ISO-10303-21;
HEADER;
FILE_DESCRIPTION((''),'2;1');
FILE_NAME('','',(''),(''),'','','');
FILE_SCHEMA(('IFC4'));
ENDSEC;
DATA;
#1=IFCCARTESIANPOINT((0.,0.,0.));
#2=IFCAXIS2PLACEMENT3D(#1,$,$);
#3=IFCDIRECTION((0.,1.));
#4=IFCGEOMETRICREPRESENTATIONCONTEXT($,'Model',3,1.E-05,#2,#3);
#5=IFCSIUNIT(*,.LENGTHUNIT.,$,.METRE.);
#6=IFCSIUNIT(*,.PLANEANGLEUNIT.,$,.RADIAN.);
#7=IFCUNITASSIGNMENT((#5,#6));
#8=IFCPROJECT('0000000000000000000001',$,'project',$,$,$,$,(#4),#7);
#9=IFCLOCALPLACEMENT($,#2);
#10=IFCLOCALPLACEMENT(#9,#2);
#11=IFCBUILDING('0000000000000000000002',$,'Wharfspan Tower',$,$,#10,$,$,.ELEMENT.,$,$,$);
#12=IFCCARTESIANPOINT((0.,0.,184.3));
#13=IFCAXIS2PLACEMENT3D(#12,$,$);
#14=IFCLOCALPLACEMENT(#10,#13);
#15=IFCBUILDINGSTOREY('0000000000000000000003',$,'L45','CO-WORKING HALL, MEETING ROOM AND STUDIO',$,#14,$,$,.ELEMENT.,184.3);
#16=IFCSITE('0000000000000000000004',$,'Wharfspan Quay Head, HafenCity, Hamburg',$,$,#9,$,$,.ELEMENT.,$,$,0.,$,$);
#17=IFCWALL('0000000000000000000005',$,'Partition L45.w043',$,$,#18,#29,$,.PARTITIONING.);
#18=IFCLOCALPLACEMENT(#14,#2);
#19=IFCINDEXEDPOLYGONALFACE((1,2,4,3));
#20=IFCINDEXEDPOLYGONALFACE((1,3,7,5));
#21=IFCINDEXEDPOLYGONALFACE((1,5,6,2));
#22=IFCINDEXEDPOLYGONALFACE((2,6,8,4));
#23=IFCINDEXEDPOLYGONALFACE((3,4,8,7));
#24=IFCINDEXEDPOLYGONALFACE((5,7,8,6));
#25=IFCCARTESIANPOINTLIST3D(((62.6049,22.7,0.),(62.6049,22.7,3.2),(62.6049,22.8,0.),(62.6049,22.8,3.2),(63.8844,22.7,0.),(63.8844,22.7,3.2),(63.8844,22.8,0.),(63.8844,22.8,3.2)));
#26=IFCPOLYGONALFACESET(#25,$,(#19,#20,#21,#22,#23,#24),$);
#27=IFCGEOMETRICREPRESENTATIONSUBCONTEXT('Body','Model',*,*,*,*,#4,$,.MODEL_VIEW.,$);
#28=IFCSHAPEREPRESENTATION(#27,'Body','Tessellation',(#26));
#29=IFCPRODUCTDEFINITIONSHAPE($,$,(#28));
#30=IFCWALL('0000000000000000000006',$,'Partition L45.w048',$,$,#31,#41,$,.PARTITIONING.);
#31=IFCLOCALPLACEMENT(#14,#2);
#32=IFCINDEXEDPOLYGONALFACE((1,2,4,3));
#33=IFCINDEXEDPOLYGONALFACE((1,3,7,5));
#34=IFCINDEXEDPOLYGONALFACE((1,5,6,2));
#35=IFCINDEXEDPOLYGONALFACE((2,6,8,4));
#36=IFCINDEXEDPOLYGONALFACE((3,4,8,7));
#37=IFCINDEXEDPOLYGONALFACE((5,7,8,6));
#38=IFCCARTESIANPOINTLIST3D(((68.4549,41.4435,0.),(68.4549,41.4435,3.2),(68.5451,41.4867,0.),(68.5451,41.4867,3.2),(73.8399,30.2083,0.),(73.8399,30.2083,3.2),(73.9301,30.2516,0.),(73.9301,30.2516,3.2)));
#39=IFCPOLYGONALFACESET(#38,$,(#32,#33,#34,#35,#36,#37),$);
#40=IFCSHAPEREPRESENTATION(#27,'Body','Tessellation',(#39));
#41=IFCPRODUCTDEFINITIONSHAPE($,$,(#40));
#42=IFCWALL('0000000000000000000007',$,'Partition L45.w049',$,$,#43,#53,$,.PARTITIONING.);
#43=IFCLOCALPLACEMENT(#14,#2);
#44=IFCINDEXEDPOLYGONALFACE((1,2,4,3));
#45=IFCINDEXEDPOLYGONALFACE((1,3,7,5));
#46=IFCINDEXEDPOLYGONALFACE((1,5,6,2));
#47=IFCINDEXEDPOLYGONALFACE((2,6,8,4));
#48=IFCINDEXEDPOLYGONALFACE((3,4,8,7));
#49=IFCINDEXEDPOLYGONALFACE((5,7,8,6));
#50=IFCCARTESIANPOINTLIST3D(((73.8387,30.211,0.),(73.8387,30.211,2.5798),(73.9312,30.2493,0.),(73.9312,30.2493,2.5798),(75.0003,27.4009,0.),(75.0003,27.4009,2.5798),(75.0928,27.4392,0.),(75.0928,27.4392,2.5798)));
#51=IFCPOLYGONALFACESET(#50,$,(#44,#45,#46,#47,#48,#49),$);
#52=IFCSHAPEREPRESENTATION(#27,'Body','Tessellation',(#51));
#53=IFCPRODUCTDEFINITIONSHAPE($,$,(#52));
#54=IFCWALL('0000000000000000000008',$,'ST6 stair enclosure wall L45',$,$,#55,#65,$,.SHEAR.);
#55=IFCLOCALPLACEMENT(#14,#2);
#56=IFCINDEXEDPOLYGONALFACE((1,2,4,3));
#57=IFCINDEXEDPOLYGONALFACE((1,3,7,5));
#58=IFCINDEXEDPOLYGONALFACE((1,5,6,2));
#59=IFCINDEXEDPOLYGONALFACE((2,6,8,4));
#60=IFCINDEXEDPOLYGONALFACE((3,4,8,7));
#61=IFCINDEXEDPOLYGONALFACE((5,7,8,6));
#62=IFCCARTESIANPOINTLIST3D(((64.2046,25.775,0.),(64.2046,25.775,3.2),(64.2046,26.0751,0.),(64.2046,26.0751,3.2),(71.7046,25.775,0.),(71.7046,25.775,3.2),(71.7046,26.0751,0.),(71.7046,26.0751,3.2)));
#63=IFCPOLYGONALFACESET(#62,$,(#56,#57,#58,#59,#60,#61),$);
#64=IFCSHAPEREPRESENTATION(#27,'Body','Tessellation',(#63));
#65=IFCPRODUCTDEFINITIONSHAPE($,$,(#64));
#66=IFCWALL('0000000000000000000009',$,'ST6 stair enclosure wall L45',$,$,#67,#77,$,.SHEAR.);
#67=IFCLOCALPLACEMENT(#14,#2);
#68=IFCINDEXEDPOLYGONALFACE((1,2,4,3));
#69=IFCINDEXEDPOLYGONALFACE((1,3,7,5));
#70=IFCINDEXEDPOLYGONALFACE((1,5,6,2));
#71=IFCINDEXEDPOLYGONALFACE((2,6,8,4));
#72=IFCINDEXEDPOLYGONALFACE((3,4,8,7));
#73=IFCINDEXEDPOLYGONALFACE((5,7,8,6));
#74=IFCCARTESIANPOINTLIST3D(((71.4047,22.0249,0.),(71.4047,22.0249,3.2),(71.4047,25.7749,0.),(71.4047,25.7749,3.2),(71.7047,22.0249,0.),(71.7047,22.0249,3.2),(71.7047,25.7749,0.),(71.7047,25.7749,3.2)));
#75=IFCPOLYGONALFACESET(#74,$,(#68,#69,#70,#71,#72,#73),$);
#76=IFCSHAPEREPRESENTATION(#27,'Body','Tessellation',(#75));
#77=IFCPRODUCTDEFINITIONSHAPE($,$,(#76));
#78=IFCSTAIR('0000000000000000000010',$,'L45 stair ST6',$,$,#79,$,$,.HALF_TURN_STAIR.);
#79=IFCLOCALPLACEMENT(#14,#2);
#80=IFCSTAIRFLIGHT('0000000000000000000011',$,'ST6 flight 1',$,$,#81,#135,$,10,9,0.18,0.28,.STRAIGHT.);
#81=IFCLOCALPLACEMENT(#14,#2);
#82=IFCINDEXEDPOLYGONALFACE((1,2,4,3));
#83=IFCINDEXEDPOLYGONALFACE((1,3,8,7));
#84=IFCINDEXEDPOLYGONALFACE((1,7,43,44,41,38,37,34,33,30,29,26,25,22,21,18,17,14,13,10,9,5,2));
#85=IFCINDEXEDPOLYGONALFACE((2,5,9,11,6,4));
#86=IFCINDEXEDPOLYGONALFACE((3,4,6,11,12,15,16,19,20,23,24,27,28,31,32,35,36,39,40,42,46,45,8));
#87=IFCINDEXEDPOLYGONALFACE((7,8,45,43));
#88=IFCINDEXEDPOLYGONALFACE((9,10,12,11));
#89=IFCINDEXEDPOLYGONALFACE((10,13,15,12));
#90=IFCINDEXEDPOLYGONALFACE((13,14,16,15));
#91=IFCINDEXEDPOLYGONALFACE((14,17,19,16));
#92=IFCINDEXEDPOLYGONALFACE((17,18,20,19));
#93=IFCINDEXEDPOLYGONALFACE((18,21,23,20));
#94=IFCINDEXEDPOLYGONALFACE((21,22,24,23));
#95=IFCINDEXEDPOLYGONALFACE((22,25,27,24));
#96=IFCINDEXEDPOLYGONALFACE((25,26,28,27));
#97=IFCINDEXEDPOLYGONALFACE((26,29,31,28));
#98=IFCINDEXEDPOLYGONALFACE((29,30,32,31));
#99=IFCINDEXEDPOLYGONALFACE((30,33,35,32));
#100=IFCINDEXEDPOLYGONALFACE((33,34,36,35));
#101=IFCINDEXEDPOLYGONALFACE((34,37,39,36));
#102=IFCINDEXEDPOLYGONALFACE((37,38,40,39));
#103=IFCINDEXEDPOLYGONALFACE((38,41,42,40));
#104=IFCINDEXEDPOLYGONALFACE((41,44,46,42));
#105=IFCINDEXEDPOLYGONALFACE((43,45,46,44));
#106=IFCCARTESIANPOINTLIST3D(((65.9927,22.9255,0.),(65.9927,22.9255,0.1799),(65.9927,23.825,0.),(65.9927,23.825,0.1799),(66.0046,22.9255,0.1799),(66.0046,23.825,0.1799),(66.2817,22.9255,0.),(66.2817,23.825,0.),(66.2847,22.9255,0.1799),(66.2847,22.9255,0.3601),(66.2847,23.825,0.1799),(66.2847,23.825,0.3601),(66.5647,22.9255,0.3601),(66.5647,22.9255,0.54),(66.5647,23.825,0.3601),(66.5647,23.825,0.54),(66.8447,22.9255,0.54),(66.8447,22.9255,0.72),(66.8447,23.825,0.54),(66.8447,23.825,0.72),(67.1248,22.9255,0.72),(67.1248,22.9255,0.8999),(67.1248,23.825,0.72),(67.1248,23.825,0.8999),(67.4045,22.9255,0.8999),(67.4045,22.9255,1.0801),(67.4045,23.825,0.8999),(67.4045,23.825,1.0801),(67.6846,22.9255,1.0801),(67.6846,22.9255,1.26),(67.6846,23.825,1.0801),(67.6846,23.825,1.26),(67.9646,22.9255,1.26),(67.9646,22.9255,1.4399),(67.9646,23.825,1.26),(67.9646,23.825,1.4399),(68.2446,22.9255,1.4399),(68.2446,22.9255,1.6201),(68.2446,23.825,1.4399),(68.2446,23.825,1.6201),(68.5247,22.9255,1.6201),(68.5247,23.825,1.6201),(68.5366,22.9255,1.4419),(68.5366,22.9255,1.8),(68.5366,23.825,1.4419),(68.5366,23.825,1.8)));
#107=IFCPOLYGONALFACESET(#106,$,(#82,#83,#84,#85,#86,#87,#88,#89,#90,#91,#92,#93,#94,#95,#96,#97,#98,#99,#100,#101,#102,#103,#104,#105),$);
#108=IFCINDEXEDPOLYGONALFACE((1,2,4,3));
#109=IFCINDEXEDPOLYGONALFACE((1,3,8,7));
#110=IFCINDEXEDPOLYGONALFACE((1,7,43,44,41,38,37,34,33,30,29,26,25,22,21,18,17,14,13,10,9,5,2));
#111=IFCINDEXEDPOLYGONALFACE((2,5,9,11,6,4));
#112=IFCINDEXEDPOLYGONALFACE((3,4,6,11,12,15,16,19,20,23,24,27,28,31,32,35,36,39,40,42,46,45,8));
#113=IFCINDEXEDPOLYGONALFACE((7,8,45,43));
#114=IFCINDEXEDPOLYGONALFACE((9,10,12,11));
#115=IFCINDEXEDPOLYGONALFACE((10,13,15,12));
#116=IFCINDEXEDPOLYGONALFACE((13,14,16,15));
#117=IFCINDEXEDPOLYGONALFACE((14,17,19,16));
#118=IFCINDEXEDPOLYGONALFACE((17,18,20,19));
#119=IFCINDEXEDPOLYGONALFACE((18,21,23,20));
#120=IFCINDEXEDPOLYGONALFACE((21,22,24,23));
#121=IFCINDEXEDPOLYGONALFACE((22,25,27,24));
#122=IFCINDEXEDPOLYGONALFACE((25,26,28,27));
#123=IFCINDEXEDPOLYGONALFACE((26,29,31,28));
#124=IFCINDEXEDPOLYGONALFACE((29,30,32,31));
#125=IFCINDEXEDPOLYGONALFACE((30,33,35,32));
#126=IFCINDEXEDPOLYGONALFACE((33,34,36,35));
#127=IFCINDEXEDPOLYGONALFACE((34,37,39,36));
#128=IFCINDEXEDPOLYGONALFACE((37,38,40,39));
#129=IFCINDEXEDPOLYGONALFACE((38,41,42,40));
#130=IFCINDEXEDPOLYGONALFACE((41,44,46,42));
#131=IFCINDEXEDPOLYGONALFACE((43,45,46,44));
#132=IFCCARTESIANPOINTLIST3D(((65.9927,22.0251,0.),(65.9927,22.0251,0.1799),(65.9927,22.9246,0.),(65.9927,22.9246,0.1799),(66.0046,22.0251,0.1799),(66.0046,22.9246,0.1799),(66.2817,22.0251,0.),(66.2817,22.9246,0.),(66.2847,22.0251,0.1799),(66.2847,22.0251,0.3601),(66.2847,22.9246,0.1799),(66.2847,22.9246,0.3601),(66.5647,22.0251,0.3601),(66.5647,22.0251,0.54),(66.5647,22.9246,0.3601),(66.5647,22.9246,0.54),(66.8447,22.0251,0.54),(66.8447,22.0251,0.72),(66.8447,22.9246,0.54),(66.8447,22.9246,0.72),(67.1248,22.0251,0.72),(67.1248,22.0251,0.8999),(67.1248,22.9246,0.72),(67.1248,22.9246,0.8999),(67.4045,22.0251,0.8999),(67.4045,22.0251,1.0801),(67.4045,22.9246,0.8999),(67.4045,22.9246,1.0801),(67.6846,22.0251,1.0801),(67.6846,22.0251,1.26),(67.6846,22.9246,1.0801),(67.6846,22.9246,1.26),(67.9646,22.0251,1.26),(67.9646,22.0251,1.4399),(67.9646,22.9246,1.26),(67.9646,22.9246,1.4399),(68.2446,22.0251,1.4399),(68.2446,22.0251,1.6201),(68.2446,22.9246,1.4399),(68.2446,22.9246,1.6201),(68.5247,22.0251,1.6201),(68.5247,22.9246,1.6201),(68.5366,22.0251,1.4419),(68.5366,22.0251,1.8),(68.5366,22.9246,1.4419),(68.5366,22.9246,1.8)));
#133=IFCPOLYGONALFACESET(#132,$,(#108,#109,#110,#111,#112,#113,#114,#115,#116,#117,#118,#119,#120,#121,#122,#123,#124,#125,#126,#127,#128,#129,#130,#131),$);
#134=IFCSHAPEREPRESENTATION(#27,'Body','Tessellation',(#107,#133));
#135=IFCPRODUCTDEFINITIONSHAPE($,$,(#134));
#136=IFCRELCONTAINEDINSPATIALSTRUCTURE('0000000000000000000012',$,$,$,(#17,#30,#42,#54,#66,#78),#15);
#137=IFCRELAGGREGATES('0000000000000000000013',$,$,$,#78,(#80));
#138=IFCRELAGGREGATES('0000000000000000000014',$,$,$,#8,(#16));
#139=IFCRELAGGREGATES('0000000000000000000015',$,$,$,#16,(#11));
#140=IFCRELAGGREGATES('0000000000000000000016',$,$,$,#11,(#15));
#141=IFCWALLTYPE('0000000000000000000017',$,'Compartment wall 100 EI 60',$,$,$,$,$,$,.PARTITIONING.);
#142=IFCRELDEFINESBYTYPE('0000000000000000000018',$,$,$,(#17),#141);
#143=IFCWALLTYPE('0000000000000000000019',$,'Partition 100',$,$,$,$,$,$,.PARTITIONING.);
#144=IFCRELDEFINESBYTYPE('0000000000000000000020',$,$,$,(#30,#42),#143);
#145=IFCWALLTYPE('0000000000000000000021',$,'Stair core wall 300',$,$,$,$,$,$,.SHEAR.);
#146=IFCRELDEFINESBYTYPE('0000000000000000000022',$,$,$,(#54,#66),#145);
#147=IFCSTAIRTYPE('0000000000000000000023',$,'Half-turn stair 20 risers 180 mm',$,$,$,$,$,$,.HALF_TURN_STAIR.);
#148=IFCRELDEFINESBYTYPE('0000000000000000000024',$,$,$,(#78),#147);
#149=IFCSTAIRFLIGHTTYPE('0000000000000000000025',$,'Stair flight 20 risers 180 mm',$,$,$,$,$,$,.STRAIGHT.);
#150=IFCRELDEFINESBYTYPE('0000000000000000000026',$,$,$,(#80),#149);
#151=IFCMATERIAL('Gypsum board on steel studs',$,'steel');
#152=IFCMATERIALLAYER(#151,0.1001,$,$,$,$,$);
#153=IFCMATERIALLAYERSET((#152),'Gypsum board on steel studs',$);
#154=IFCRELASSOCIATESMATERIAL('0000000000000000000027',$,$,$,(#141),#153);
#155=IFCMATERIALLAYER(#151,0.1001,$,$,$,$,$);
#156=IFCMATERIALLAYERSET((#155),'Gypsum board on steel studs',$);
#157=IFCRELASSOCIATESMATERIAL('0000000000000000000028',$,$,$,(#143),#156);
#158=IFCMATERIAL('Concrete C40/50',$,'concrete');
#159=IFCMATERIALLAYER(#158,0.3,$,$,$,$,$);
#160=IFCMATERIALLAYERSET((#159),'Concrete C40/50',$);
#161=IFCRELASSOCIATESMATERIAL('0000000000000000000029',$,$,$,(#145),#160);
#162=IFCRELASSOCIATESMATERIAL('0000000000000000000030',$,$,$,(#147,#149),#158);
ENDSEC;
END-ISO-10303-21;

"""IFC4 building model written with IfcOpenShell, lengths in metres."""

from ifc_helpers import new_model, si_unit, direction, frame, frame_2d, origin, place, context, subcontext, project, spatial, polyline, rectangle, outline, extrude, material, layer, layer_set, type_object, element, aggregate, save


model = new_model("IFC4")

# Units and contexts
model_context = context("Model", 3, precision=1e-05, world=origin(), true_north=direction((0.0, 1.0)))
body_context = subcontext(model_context, "Body", "Model", "MODEL_VIEW")
ifc_project = project(units=[si_unit("LENGTHUNIT", "METRE"), si_unit("PLANEANGLEUNIT", "RADIAN")], contexts=[model_context])

# Site, building, storey
site_placement = place(None, origin())
site = spatial("IfcSite", under=ifc_project, at=site_placement, Name="Wharfspan Quay Head, HafenCity, Hamburg", CompositionType="ELEMENT", RefElevation=0.0)
building_placement = place(site_placement, origin())
building = spatial("IfcBuilding", under=site, at=building_placement, Name="Wharfspan Tower", CompositionType="ELEMENT")
storey_placement = place(building_placement, frame((0.0, 0.0, 184.3)))
storey = spatial("IfcBuildingStorey", under=building, at=storey_placement, Name="L45", Description="CO-WORKING HALL, MEETING ROOM AND STUDIO", CompositionType="ELEMENT", Elevation=184.3)

# Walls
ifc_material_1 = material(Name="Gypsum board on steel studs", Category="steel")
ifc_layer_1 = layer(ifc_material_1, 0.1001)
ifc_layer_set_1 = layer_set([ifc_layer_1], Name="Gypsum board on steel studs")
wall_type_1 = type_object("IfcWallType", Name="Compartment wall 100 EI 60", PredefinedType="PARTITIONING", material=ifc_layer_set_1)
wall_1_placement = place(storey_placement, frame((62.605, 22.75, 0.0), z_axis=(0.0, 0.0, 1.0), x_axis=(1.0, 0.0, 0.0)))
element("IfcWall", 1, at=wall_1_placement, inside=storey, type_object=wall_type_1, Name="Partition L45.w043", PredefinedType="PARTITIONING", context=body_context, shape_type="SweptSolid", body=[
    extrude(rectangle(XDim=1.2795, YDim=0.1001, at=frame_2d((0.6396, 0.0))), origin(), (0.0, 0.0, 1.0), 3.2),
])
ifc_layer_2 = layer(ifc_material_1, 0.1001)
ifc_layer_set_2 = layer_set([ifc_layer_2], Name="Gypsum board on steel studs")
wall_type_2 = type_object("IfcWallType", Name="Partition 100", PredefinedType="PARTITIONING", material=ifc_layer_set_2)
wall_2_placement = place(storey_placement, frame((73.885, 30.23, 0.0), z_axis=(0.0, 0.0, 1.0), x_axis=(-0.432221, 0.901772, 0.0)))
element("IfcWall", 2, at=wall_2_placement, inside=storey, type_object=wall_type_2, Name="Partition L45.w048", PredefinedType="PARTITIONING", context=body_context, shape_type="SweptSolid", body=[
    extrude(rectangle(XDim=12.459, YDim=0.1001, at=frame_2d((6.2295, 0.0))), origin(), (0.0, 0.0, 1.0), 3.2),
])
wall_3_placement = place(storey_placement, frame((75.0466, 27.4199, 0.0), z_axis=(0.0, 0.0, 1.0), x_axis=(-0.382024, 0.924148, 0.0)))
element("IfcWall", 3, at=wall_3_placement, inside=storey, type_object=wall_type_2, Name="Partition L45.w049", PredefinedType="PARTITIONING", context=body_context, shape_type="SweptSolid", body=[
    extrude(rectangle(XDim=3.0408, YDim=0.1001, at=frame_2d((1.5205, 0.0))), origin(), (0.0, 0.0, 1.0), 2.5798),
])
ifc_material_2 = material(Name="Concrete C40/50", Category="concrete")
ifc_layer_3 = layer(ifc_material_2, 0.3)
ifc_layer_set_3 = layer_set([ifc_layer_3], Name="Concrete C40/50")
wall_type_3 = type_object("IfcWallType", Name="Stair core wall 300", PredefinedType="SHEAR", material=ifc_layer_set_3)
wall_4_placement = place(storey_placement, frame((64.2046, 25.925, 0.0), z_axis=(0.0, 0.0, 1.0), x_axis=(1.0, 0.0, 0.0)))
element("IfcWall", 4, at=wall_4_placement, inside=storey, type_object=wall_type_3, Name="ST6 stair enclosure wall L45", PredefinedType="SHEAR", context=body_context, shape_type="SweptSolid", body=[
    extrude(rectangle(XDim=7.5, YDim=0.3, at=frame_2d((3.75, 0.0))), origin(), (0.0, 0.0, 1.0), 3.2),
])
wall_5_placement = place(storey_placement, frame((71.5547, 22.0249, 0.0), z_axis=(0.0, 0.0, 1.0), x_axis=(0.0, 1.0, 0.0)))
element("IfcWall", 5, at=wall_5_placement, inside=storey, type_object=wall_type_3, Name="ST6 stair enclosure wall L45", PredefinedType="SHEAR", context=body_context, shape_type="SweptSolid", body=[
    extrude(rectangle(XDim=3.75, YDim=0.3, at=frame_2d((1.875, 0.0))), origin(), (0.0, 0.0, 1.0), 3.2),
])

# Stair, stair flight
stair_type = type_object("IfcStairType", Name="Half-turn stair 20 risers 180 mm", PredefinedType="HALF_TURN_STAIR", material=ifc_material_2)
stair_placement = place(storey_placement, origin())
stair = element("IfcStair", 6, at=stair_placement, inside=storey, type_object=stair_type, Name="L45 stair ST6", PredefinedType="HALF_TURN_STAIR")
stair_flight_type = type_object("IfcStairFlightType", Name="Stair flight 20 risers 180 mm", PredefinedType="STRAIGHT", material=ifc_material_2)
stair_flight_1_placement = place(storey_placement, frame((66.0046, 22.925, 0.0), z_axis=(0.0, 0.0, 1.0), x_axis=(1.0, 0.0, 0.0)))
stair_flight_1 = element("IfcStairFlight", 7, at=stair_flight_1_placement, type_object=stair_flight_type, Name="ST6 flight 1", NumberOfRisers=10, NumberOfTreads=9, PredefinedType="STRAIGHT", RiserHeight=0.18, TreadLength=0.28, context=body_context, shape_type="SweptSolid", body=[
    extrude(outline(polyline([(-0.012, 0.0), (-0.012, 0.1799), (0.0, 0.1799), (0.28, 0.1799), (0.28, 0.3601), (0.5601, 0.3601), (0.5601, 0.54), (0.8401, 0.54), (0.8401, 0.72), (1.1201, 0.72), (1.1201, 0.8999), (1.3999, 0.8999), (1.3999, 1.0801), (1.6799, 1.0801), (1.6799, 1.26), (1.96, 1.26), (1.96, 1.4399), (2.24, 1.4399), (2.24, 1.6201), (2.52, 1.6201), (2.532, 1.8), (2.532, 1.4419), (0.2771, 0.0), (-0.012, 0.0)])), frame((0.0, 0.8999, 0.0), z_axis=(0.0, -1.0, 0.0), x_axis=(1.0, 0.0, 0.0)), (0.0, 0.0, 1.0), 0.8994),
    extrude(outline(polyline([(-0.012, 0.0), (-0.012, 0.1799), (0.0, 0.1799), (0.28, 0.1799), (0.28, 0.3601), (0.5601, 0.3601), (0.5601, 0.54), (0.8401, 0.54), (0.8401, 0.72), (1.1201, 0.72), (1.1201, 0.8999), (1.3999, 0.8999), (1.3999, 1.0801), (1.6799, 1.0801), (1.6799, 1.26), (1.96, 1.26), (1.96, 1.4399), (2.24, 1.4399), (2.24, 1.6201), (2.52, 1.6201), (2.532, 1.8), (2.532, 1.4419), (0.2771, 0.0), (-0.012, 0.0)])), frame((0.0, -0.0005, 0.0), z_axis=(0.0, -1.0, 0.0), x_axis=(1.0, 0.0, 0.0)), (0.0, 0.0, 1.0), 0.8994),
])
aggregate(stair, [stair_flight_1])

save(model, "model.ifc")
